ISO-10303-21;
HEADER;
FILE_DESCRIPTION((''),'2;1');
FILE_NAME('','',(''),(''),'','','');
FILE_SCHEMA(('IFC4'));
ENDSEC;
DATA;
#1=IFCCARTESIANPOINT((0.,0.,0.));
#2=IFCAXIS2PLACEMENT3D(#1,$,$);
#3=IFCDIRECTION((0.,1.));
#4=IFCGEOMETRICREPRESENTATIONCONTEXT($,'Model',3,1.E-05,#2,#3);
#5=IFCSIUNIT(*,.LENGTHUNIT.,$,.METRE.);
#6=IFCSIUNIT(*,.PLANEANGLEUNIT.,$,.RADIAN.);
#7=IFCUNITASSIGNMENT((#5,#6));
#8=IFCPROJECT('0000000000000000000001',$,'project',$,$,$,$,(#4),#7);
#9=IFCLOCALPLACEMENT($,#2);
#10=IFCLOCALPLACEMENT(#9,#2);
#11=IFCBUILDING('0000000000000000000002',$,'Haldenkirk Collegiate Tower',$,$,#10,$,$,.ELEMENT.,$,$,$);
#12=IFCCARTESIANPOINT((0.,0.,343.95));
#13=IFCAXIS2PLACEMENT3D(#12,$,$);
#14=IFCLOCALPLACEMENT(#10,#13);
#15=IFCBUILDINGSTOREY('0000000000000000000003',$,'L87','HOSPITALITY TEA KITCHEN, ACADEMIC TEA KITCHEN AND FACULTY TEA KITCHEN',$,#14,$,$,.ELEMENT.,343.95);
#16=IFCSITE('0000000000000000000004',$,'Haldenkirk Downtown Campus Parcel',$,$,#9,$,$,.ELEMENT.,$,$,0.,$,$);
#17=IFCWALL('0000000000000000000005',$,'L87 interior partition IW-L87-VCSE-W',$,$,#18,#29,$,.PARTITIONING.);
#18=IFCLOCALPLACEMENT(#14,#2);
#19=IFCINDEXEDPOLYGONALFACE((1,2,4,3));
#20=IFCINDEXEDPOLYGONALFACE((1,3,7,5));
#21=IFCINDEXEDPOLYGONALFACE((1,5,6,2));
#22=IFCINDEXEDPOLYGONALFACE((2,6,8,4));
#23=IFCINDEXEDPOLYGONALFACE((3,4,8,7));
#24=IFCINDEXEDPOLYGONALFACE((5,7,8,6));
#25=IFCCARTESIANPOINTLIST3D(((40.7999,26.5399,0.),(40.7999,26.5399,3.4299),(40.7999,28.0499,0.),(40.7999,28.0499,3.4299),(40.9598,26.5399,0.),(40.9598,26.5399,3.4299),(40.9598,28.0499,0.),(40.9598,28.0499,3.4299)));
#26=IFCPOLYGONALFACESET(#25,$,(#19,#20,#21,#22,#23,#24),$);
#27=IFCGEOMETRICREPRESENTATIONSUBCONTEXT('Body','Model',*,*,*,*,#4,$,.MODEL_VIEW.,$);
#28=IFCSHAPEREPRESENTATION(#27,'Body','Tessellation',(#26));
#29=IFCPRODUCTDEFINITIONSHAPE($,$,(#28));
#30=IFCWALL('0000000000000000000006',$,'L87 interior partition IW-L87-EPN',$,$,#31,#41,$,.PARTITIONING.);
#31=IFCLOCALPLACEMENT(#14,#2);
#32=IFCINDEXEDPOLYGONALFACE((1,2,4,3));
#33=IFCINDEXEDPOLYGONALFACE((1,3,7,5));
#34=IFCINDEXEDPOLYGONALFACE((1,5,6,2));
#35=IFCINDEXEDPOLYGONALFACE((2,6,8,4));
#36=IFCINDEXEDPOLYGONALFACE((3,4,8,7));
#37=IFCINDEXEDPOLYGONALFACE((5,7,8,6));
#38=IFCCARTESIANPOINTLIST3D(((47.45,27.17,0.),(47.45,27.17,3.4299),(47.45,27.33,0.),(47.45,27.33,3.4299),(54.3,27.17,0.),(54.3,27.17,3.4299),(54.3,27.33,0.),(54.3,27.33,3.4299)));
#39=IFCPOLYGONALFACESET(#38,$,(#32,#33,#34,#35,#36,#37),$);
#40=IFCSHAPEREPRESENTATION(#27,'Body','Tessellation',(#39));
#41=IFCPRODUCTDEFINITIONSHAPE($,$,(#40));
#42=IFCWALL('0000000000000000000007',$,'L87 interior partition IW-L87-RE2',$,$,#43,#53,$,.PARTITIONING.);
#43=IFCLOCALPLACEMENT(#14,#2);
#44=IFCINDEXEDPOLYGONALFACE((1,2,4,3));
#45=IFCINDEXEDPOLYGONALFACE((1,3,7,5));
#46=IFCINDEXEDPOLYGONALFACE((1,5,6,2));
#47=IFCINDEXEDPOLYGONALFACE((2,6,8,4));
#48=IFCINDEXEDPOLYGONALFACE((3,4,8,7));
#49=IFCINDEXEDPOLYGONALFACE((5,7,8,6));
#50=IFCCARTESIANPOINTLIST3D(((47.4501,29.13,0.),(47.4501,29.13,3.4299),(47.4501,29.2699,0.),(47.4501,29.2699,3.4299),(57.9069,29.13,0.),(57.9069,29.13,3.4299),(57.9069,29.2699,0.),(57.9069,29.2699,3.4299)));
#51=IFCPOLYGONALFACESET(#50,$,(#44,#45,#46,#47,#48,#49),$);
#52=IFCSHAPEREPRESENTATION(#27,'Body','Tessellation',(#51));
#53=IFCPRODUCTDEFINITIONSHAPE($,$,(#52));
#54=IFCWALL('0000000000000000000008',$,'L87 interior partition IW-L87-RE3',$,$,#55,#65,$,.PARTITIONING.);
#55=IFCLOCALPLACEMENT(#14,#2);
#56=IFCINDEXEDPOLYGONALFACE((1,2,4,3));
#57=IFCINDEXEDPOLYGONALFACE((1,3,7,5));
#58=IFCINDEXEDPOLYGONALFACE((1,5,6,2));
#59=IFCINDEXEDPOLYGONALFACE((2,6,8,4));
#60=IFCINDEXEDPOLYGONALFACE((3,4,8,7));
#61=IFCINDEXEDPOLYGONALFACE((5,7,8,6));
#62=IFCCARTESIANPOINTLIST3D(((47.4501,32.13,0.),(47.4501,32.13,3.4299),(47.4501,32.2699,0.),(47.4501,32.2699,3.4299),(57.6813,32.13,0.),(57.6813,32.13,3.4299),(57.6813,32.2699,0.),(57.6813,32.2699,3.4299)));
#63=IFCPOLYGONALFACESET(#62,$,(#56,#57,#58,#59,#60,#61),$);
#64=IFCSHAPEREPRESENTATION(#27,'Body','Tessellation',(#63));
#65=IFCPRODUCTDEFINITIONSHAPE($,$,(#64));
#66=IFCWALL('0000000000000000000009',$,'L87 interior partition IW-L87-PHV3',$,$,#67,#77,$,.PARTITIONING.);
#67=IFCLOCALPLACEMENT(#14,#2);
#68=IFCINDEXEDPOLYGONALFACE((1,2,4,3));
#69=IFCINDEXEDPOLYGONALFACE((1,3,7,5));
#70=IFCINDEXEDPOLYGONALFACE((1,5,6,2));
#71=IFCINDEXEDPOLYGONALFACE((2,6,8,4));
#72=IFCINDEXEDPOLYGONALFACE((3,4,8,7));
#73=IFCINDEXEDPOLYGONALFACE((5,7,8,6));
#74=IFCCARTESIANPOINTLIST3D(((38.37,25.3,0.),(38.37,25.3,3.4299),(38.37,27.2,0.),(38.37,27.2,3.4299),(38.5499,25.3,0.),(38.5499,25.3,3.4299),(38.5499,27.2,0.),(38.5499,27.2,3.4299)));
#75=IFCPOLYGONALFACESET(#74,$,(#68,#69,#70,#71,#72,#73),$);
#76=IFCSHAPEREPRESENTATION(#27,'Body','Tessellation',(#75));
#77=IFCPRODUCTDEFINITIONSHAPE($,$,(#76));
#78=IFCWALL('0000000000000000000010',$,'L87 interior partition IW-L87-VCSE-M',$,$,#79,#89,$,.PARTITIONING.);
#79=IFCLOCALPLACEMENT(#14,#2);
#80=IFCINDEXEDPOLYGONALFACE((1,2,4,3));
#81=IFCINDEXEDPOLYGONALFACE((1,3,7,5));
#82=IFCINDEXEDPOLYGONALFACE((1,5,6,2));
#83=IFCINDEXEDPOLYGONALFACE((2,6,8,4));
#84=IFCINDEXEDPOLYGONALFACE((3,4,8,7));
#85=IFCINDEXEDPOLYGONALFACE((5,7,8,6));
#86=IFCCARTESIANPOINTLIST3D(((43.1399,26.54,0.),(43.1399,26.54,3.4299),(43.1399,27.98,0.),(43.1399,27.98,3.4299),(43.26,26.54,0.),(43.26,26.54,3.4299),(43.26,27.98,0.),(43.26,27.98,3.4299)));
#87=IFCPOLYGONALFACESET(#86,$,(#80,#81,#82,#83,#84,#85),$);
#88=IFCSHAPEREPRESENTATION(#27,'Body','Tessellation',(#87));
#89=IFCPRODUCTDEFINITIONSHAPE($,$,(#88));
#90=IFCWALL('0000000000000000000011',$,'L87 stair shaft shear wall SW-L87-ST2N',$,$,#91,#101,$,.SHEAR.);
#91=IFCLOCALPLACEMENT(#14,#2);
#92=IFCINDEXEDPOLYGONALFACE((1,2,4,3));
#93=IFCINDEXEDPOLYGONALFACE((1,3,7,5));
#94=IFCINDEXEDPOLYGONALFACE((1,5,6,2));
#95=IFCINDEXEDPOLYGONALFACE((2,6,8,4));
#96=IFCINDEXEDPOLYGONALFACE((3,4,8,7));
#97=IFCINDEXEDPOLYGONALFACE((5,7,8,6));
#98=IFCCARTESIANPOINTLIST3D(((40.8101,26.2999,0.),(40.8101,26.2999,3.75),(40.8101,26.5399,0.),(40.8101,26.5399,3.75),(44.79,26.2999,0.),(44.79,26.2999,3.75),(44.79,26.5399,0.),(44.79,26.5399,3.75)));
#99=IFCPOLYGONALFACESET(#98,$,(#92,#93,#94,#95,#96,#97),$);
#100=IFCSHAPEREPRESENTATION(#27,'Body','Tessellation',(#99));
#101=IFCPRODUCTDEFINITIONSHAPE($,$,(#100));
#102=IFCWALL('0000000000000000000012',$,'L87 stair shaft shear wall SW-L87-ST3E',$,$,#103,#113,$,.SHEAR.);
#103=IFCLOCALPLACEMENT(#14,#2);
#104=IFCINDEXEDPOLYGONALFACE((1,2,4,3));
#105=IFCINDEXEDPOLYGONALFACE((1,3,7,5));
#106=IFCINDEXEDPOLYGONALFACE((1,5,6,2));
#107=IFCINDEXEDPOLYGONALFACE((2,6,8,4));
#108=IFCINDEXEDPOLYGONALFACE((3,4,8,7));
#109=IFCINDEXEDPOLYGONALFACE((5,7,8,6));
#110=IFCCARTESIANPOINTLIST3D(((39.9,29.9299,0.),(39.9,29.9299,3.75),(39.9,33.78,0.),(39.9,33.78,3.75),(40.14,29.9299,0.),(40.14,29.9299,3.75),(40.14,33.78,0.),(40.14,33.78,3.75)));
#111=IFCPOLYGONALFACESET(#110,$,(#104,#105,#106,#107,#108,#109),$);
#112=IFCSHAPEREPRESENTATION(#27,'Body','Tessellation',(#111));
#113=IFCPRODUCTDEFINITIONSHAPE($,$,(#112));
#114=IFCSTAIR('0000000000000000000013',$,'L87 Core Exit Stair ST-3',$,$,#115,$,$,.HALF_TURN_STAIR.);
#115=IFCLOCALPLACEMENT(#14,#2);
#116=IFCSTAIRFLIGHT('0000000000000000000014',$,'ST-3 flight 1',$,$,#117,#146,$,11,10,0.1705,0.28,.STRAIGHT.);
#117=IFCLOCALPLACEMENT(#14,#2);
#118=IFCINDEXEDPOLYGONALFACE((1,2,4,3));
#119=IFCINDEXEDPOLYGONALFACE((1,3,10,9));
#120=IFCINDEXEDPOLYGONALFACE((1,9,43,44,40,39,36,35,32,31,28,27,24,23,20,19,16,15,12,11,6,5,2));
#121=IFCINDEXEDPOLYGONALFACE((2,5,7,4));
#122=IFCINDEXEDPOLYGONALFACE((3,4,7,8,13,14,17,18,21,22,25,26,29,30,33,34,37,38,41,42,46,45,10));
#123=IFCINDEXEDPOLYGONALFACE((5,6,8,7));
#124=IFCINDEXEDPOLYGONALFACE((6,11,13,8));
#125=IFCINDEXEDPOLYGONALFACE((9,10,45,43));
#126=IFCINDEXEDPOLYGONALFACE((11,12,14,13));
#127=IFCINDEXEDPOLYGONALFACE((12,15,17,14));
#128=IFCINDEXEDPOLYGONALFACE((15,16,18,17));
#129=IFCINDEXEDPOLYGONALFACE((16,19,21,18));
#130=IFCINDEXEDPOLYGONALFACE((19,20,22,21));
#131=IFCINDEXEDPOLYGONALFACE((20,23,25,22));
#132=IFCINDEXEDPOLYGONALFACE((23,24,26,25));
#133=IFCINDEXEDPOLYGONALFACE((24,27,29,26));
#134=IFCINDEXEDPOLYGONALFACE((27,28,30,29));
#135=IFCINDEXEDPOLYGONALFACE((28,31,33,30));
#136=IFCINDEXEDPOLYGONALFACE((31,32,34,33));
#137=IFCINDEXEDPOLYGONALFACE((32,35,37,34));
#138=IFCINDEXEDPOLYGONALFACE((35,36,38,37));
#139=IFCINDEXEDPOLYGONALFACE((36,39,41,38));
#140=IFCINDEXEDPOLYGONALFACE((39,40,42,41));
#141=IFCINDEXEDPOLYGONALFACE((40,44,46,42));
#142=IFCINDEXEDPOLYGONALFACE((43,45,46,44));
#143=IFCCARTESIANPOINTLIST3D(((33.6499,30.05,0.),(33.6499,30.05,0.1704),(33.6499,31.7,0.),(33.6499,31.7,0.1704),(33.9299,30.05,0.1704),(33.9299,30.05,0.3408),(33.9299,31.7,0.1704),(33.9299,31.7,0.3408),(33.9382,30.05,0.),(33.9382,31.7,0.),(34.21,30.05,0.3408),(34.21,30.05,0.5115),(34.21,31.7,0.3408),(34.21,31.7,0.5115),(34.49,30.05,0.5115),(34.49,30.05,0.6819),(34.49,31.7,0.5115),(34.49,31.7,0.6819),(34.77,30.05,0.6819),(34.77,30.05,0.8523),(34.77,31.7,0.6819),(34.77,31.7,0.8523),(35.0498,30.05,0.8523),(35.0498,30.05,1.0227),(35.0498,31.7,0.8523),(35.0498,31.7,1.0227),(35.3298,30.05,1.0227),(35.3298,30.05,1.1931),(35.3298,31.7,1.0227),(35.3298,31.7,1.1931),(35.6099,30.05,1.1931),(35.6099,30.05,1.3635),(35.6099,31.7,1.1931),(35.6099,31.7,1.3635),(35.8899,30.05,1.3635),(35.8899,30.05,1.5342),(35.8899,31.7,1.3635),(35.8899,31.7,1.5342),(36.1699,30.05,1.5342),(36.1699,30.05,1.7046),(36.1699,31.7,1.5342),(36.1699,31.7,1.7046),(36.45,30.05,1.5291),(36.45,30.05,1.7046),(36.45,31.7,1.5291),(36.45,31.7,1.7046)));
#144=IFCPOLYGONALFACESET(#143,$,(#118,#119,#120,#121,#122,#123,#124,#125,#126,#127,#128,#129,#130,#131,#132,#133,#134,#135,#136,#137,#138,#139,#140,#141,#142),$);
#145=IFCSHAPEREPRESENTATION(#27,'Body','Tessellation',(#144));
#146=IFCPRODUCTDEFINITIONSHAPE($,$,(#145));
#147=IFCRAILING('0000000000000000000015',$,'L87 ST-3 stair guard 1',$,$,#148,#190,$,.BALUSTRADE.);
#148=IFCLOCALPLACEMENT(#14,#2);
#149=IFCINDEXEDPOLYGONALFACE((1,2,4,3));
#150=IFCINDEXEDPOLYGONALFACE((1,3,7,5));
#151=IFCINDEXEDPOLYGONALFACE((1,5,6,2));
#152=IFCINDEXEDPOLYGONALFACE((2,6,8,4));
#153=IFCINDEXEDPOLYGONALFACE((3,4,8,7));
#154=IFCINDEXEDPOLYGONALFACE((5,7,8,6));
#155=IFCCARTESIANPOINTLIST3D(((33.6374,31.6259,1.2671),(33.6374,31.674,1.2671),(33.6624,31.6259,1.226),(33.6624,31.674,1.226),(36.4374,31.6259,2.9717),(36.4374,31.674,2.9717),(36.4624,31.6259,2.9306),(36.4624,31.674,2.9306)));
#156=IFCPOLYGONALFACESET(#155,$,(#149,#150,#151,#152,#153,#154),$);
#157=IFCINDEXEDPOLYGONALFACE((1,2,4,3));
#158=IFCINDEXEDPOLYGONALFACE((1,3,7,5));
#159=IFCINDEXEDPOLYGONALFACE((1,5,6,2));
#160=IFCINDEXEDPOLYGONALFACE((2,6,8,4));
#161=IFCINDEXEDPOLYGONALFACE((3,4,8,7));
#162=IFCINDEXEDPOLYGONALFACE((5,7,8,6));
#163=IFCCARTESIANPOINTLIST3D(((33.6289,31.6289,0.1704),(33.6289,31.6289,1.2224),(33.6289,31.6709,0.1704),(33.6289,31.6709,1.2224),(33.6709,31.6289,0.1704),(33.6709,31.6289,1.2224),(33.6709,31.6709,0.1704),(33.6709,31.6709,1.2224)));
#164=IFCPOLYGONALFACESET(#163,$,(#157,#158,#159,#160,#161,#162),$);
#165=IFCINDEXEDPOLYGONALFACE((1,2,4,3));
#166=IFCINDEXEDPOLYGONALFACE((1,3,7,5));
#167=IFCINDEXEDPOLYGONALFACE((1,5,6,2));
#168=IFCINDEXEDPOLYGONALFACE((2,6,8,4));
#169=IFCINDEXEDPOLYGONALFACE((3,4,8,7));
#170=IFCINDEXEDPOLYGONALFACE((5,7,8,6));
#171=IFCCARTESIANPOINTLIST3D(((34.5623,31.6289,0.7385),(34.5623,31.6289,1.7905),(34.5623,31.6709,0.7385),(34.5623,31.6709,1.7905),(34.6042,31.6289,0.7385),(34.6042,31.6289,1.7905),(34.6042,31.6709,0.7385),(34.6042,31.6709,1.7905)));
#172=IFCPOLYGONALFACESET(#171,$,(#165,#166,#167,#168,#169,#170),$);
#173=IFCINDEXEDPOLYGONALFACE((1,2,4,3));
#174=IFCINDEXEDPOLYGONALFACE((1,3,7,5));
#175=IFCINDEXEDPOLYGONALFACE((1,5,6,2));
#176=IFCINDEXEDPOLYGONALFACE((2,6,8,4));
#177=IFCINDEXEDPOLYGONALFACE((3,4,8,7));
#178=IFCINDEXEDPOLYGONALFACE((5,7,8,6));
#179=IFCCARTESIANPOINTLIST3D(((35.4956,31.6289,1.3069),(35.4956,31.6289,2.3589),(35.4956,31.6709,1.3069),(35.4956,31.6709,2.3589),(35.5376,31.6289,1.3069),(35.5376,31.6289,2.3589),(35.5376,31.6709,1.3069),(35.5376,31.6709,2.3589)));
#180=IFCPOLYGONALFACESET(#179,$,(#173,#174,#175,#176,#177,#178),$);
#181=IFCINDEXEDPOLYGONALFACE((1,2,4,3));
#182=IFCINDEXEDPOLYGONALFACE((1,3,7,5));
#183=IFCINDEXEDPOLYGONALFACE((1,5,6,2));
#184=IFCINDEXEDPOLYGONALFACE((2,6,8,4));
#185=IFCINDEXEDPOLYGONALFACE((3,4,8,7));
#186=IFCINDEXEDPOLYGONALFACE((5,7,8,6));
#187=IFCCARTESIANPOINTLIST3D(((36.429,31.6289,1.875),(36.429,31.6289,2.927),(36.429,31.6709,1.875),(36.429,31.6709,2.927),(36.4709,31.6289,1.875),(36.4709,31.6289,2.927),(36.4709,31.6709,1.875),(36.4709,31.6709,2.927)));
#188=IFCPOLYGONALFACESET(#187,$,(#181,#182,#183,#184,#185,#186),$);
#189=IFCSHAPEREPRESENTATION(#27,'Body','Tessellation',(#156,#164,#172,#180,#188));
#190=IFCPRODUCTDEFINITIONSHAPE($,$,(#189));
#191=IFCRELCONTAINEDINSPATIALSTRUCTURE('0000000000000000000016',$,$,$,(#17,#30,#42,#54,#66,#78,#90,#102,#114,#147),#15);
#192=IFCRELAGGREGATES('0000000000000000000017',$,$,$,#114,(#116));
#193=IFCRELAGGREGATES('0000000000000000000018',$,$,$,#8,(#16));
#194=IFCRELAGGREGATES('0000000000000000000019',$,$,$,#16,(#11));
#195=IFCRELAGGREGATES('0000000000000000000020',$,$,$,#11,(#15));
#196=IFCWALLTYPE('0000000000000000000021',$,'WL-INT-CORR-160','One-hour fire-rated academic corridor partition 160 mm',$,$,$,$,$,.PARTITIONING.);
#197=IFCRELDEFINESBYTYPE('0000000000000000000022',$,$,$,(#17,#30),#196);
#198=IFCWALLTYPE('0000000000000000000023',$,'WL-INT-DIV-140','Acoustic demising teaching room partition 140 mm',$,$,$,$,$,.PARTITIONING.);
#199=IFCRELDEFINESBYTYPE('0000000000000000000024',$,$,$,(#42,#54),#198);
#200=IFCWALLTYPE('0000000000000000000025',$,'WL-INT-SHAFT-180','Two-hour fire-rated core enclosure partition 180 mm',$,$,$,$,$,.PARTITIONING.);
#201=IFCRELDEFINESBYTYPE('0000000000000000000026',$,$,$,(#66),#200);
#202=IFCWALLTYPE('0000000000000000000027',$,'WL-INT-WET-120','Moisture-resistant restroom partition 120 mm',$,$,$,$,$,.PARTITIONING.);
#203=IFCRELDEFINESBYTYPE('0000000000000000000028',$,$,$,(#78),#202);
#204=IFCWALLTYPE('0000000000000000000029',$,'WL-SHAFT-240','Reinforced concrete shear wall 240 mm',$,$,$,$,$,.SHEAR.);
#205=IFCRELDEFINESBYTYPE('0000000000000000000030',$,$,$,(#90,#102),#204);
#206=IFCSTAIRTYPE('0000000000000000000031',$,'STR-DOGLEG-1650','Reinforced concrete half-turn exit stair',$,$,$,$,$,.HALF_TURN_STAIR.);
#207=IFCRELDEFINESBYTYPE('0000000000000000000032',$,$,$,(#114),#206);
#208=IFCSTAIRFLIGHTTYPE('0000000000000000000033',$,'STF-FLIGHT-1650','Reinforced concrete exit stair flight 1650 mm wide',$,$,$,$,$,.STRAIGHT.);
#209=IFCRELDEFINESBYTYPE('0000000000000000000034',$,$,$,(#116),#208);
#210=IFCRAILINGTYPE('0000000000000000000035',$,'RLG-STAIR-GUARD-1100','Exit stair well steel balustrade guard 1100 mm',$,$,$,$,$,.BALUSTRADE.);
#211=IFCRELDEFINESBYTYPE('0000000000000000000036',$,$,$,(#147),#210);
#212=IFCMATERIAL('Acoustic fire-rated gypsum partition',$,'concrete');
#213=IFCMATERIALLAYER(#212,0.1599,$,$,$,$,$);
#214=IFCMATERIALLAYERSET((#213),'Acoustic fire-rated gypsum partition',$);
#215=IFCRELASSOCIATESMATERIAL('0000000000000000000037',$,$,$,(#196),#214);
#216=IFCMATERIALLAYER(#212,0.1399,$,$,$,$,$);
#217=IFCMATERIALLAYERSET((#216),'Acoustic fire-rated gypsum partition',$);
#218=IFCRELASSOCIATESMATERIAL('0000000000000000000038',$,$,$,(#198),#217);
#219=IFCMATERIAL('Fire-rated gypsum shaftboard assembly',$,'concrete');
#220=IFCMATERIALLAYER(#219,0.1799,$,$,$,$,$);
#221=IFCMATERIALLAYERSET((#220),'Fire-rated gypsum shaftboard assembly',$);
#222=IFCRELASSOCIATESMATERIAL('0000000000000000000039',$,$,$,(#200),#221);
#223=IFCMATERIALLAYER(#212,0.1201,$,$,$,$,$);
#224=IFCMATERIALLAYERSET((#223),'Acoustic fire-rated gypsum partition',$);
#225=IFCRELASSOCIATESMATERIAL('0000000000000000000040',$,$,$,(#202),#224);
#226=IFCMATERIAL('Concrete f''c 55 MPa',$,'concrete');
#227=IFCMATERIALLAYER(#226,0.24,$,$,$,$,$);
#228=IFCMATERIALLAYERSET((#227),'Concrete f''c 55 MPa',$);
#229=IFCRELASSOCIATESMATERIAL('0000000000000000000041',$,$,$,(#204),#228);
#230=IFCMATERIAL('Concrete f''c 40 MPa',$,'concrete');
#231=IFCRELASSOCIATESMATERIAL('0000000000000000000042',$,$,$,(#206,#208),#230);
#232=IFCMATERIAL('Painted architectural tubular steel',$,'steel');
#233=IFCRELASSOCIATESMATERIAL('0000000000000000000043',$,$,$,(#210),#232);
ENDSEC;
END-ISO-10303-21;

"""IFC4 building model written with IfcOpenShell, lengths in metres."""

from ifc_helpers import new_model, si_unit, direction, frame, frame_2d, origin, origin_2d, place, context, subcontext, project, spatial, polyline, rectangle, outline, extrude, material, layer, layer_set, type_object, element, aggregate, save


model = new_model("IFC4")

# Units and contexts
model_context = context("Model", 3, precision=1e-05, world=origin(), true_north=direction((0.0, 1.0)))
body_context = subcontext(model_context, "Body", "Model", "MODEL_VIEW")
ifc_project = project(units=[si_unit("LENGTHUNIT", "METRE"), si_unit("PLANEANGLEUNIT", "RADIAN")], contexts=[model_context])

# Site, building, storey
site_placement = place(None, origin())
site = spatial("IfcSite", under=ifc_project, at=site_placement, Name="Haldenkirk Downtown Campus Parcel", CompositionType="ELEMENT", RefElevation=0.0)
building_placement = place(site_placement, origin())
building = spatial("IfcBuilding", under=site, at=building_placement, Name="Haldenkirk Collegiate Tower", CompositionType="ELEMENT")
storey_placement = place(building_placement, frame((0.0, 0.0, 343.95)))
storey = spatial("IfcBuildingStorey", under=building, at=storey_placement, Name="L87", Description="HOSPITALITY TEA KITCHEN, ACADEMIC TEA KITCHEN AND FACULTY TEA KITCHEN", CompositionType="ELEMENT", Elevation=343.95)

# Shared definitions
ifc_material_1 = material(Name="Acoustic fire-rated gypsum partition", Category="concrete")
ifc_layer_1 = layer(ifc_material_1, 0.1599)
ifc_layer_set_1 = layer_set([ifc_layer_1], Name="Acoustic fire-rated gypsum partition")
wall_type_1 = type_object("IfcWallType", Name="WL-INT-CORR-160", Description="One-hour fire-rated academic corridor partition 160 mm", PredefinedType="PARTITIONING", material=ifc_layer_set_1)

# Wall
wall_1_placement = place(storey_placement, frame((40.8799, 26.54, 0.0), z_axis=(0.0, 0.0, 1.0), x_axis=(0.0, 1.0, 0.0)))
element("IfcWall", 1, at=wall_1_placement, inside=storey, type_object=wall_type_1, Name="L87 interior partition IW-L87-VCSE-W", PredefinedType="PARTITIONING", context=body_context, shape_type="SweptSolid", body=[
    extrude(rectangle(XDim=1.51, YDim=0.1599, at=frame_2d((0.7549, 0.0))), origin(), (0.0, 0.0, 1.0), 3.4299),
])

# Walls
wall_2_placement = place(storey_placement, frame((47.45, 27.25, 0.0), z_axis=(0.0, 0.0, 1.0), x_axis=(1.0, 0.0, 0.0)))
element("IfcWall", 2, at=wall_2_placement, inside=storey, type_object=wall_type_1, Name="L87 interior partition IW-L87-EPN", PredefinedType="PARTITIONING", context=body_context, shape_type="SweptSolid", body=[
    extrude(rectangle(XDim=6.8501, YDim=0.1599, at=frame_2d((3.425, 0.0))), origin(), (0.0, 0.0, 1.0), 3.4299),
])
ifc_layer_2 = layer(ifc_material_1, 0.1399)
ifc_layer_set_2 = layer_set([ifc_layer_2], Name="Acoustic fire-rated gypsum partition")
wall_type_2 = type_object("IfcWallType", Name="WL-INT-DIV-140", Description="Acoustic demising teaching room partition 140 mm", PredefinedType="PARTITIONING", material=ifc_layer_set_2)
wall_3_placement = place(storey_placement, frame((47.45, 29.2, 0.0), z_axis=(0.0, 0.0, 1.0), x_axis=(1.0, 0.0, 0.0)))
element("IfcWall", 3, at=wall_3_placement, inside=storey, type_object=wall_type_2, Name="L87 interior partition IW-L87-RE2", PredefinedType="PARTITIONING", context=body_context, shape_type="SweptSolid", body=[
    extrude(rectangle(XDim=10.4568, YDim=0.1399, at=frame_2d((5.2285, 0.0))), origin(), (0.0, 0.0, 1.0), 3.4299),
])
wall_4_placement = place(storey_placement, frame((47.45, 32.2, 0.0), z_axis=(0.0, 0.0, 1.0), x_axis=(1.0, 0.0, 0.0)))
element("IfcWall", 4, at=wall_4_placement, inside=storey, type_object=wall_type_2, Name="L87 interior partition IW-L87-RE3", PredefinedType="PARTITIONING", context=body_context, shape_type="SweptSolid", body=[
    extrude(rectangle(XDim=10.2312, YDim=0.1399, at=frame_2d((5.1157, 0.0))), origin(), (0.0, 0.0, 1.0), 3.4299),
])
ifc_material_2 = material(Name="Fire-rated gypsum shaftboard assembly", Category="concrete")
ifc_layer_3 = layer(ifc_material_2, 0.1799)
ifc_layer_set_3 = layer_set([ifc_layer_3], Name="Fire-rated gypsum shaftboard assembly")
wall_type_3 = type_object("IfcWallType", Name="WL-INT-SHAFT-180", Description="Two-hour fire-rated core enclosure partition 180 mm", PredefinedType="PARTITIONING", material=ifc_layer_set_3)
wall_5_placement = place(storey_placement, frame((38.46, 25.3, 0.0), z_axis=(0.0, 0.0, 1.0), x_axis=(0.0, 1.0, 0.0)))
element("IfcWall", 5, at=wall_5_placement, inside=storey, type_object=wall_type_3, Name="L87 interior partition IW-L87-PHV3", PredefinedType="PARTITIONING", context=body_context, shape_type="SweptSolid", body=[
    extrude(rectangle(XDim=1.8999, YDim=0.1799, at=frame_2d((0.95, 0.0))), origin(), (0.0, 0.0, 1.0), 3.4299),
])
ifc_layer_4 = layer(ifc_material_1, 0.1201)
ifc_layer_set_4 = layer_set([ifc_layer_4], Name="Acoustic fire-rated gypsum partition")
wall_type_4 = type_object("IfcWallType", Name="WL-INT-WET-120", Description="Moisture-resistant restroom partition 120 mm", PredefinedType="PARTITIONING", material=ifc_layer_set_4)
wall_6_placement = place(storey_placement, frame((43.2, 26.54, 0.0), z_axis=(0.0, 0.0, 1.0), x_axis=(0.0, 1.0, 0.0)))
element("IfcWall", 6, at=wall_6_placement, inside=storey, type_object=wall_type_4, Name="L87 interior partition IW-L87-VCSE-M", PredefinedType="PARTITIONING", context=body_context, shape_type="SweptSolid", body=[
    extrude(rectangle(XDim=1.4399, YDim=0.1201, at=frame_2d((0.72, 0.0))), origin(), (0.0, 0.0, 1.0), 3.4299),
])
ifc_material_3 = material(Name="Concrete f'c 55 MPa", Category="concrete")
ifc_layer_5 = layer(ifc_material_3, 0.24)
ifc_layer_set_5 = layer_set([ifc_layer_5], Name="Concrete f'c 55 MPa")
wall_type_5 = type_object("IfcWallType", Name="WL-SHAFT-240", Description="Reinforced concrete shear wall 240 mm", PredefinedType="SHEAR", material=ifc_layer_set_5)
wall_7_placement = place(storey_placement, frame((40.8101, 26.4199, 0.0), z_axis=(0.0, 0.0, 1.0), x_axis=(1.0, 0.0, 0.0)))
element("IfcWall", 7, at=wall_7_placement, inside=storey, type_object=wall_type_5, Name="L87 stair shaft shear wall SW-L87-ST2N", PredefinedType="SHEAR", context=body_context, shape_type="SweptSolid", body=[
    extrude(rectangle(XDim=3.98, YDim=0.24, at=frame_2d((1.99, 0.0))), origin(), (0.0, 0.0, 1.0), 3.75),
])
wall_8_placement = place(storey_placement, frame((40.02, 29.9299, 0.0), z_axis=(0.0, 0.0, 1.0), x_axis=(0.0, 1.0, 0.0)))
element("IfcWall", 8, at=wall_8_placement, inside=storey, type_object=wall_type_5, Name="L87 stair shaft shear wall SW-L87-ST3E", PredefinedType="SHEAR", context=body_context, shape_type="SweptSolid", body=[
    extrude(rectangle(XDim=3.8501, YDim=0.24, at=frame_2d((1.925, 0.0))), origin(), (0.0, 0.0, 1.0), 3.75),
])

# Stair, stair flight
ifc_material_4 = material(Name="Concrete f'c 40 MPa", Category="concrete")
stair_type = type_object("IfcStairType", Name="STR-DOGLEG-1650", Description="Reinforced concrete half-turn exit stair", PredefinedType="HALF_TURN_STAIR", material=ifc_material_4)
stair_placement = place(storey_placement, origin())
stair = element("IfcStair", 9, at=stair_placement, inside=storey, type_object=stair_type, Name="L87 Core Exit Stair ST-3", PredefinedType="HALF_TURN_STAIR")
stair_flight_type = type_object("IfcStairFlightType", Name="STF-FLIGHT-1650", Description="Reinforced concrete exit stair flight 1650 mm wide", PredefinedType="STRAIGHT", material=ifc_material_4)
stair_flight_placement = place(storey_placement, frame((33.6499, 30.875, 0.0), z_axis=(0.0, 0.0, 1.0), x_axis=(1.0, 0.0, 0.0)))
stair_flight = element("IfcStairFlight", 10, at=stair_flight_placement, type_object=stair_flight_type, Name="ST-3 flight 1", NumberOfRisers=11, NumberOfTreads=10, PredefinedType="STRAIGHT", RiserHeight=0.1705, TreadLength=0.28, context=body_context, shape_type="SweptSolid", body=[
    extrude(outline(polyline([(0.0, 0.0), (0.0, 0.1704), (0.28, 0.1704), (0.28, 0.3408), (0.5601, 0.3408), (0.5601, 0.5115), (0.8401, 0.5115), (0.8401, 0.6819), (1.1201, 0.6819), (1.1201, 0.8523), (1.3999, 0.8523), (1.3999, 1.0227), (1.6799, 1.0227), (1.6799, 1.1931), (1.96, 1.1931), (1.96, 1.3635), (2.24, 1.3635), (2.24, 1.5342), (2.52, 1.5342), (2.52, 1.7046), (2.8, 1.7046), (2.8, 1.875), (2.8, 1.5291), (0.2883, 0.0), (0.0, 0.0)])), frame((0.0, 0.825, 0.0), z_axis=(0.0, -1.0, 0.0), x_axis=(1.0, 0.0, 0.0)), (0.0, 0.0, 1.0), 1.6499),
])
aggregate(stair, [stair_flight])

# Railing
ifc_material_5 = material(Name="Painted architectural tubular steel", Category="steel")
railing_type_1 = type_object("IfcRailingType", Name="RLG-STAIR-GUARD-1100", Description="Exit stair well steel balustrade guard 1100 mm", PredefinedType="BALUSTRADE", material=ifc_material_5)
railing_1_placement = place(storey_placement, frame((33.6499, 31.6499, 0.1704)))
element("IfcRailing", 11, at=railing_1_placement, inside=storey, type_object=railing_type_1, Name="L87 ST-3 stair guard 1", PredefinedType="BALUSTRADE", context=body_context, shape_type="SweptSolid", body=[
    extrude(rectangle(XDim=0.0481, YDim=0.0481, at=origin_2d()), frame((0.0, 0.0, 1.0762), z_axis=(0.85417, 0.0, 0.519994), x_axis=(0.0, 1.0, 0.0)), (0.0, 0.0, 1.0), 3.2781),
    extrude(rectangle(XDim=0.042, YDim=0.042, at=origin_2d()), origin(), (0.0, 0.0, 1.0), 1.052),
    extrude(rectangle(XDim=0.042, YDim=0.042, at=origin_2d()), frame((0.9333, 0.0, 0.5681)), (0.0, 0.0, 1.0), 1.052),
    extrude(rectangle(XDim=0.042, YDim=0.042, at=origin_2d()), frame((1.8667, 0.0, 1.1365)), (0.0, 0.0, 1.0), 1.052),
    extrude(rectangle(XDim=0.042, YDim=0.042, at=origin_2d()), frame((2.8, 0.0, 1.7046)), (0.0, 0.0, 1.0), 1.052),
])

save(model, "model.ifc")
